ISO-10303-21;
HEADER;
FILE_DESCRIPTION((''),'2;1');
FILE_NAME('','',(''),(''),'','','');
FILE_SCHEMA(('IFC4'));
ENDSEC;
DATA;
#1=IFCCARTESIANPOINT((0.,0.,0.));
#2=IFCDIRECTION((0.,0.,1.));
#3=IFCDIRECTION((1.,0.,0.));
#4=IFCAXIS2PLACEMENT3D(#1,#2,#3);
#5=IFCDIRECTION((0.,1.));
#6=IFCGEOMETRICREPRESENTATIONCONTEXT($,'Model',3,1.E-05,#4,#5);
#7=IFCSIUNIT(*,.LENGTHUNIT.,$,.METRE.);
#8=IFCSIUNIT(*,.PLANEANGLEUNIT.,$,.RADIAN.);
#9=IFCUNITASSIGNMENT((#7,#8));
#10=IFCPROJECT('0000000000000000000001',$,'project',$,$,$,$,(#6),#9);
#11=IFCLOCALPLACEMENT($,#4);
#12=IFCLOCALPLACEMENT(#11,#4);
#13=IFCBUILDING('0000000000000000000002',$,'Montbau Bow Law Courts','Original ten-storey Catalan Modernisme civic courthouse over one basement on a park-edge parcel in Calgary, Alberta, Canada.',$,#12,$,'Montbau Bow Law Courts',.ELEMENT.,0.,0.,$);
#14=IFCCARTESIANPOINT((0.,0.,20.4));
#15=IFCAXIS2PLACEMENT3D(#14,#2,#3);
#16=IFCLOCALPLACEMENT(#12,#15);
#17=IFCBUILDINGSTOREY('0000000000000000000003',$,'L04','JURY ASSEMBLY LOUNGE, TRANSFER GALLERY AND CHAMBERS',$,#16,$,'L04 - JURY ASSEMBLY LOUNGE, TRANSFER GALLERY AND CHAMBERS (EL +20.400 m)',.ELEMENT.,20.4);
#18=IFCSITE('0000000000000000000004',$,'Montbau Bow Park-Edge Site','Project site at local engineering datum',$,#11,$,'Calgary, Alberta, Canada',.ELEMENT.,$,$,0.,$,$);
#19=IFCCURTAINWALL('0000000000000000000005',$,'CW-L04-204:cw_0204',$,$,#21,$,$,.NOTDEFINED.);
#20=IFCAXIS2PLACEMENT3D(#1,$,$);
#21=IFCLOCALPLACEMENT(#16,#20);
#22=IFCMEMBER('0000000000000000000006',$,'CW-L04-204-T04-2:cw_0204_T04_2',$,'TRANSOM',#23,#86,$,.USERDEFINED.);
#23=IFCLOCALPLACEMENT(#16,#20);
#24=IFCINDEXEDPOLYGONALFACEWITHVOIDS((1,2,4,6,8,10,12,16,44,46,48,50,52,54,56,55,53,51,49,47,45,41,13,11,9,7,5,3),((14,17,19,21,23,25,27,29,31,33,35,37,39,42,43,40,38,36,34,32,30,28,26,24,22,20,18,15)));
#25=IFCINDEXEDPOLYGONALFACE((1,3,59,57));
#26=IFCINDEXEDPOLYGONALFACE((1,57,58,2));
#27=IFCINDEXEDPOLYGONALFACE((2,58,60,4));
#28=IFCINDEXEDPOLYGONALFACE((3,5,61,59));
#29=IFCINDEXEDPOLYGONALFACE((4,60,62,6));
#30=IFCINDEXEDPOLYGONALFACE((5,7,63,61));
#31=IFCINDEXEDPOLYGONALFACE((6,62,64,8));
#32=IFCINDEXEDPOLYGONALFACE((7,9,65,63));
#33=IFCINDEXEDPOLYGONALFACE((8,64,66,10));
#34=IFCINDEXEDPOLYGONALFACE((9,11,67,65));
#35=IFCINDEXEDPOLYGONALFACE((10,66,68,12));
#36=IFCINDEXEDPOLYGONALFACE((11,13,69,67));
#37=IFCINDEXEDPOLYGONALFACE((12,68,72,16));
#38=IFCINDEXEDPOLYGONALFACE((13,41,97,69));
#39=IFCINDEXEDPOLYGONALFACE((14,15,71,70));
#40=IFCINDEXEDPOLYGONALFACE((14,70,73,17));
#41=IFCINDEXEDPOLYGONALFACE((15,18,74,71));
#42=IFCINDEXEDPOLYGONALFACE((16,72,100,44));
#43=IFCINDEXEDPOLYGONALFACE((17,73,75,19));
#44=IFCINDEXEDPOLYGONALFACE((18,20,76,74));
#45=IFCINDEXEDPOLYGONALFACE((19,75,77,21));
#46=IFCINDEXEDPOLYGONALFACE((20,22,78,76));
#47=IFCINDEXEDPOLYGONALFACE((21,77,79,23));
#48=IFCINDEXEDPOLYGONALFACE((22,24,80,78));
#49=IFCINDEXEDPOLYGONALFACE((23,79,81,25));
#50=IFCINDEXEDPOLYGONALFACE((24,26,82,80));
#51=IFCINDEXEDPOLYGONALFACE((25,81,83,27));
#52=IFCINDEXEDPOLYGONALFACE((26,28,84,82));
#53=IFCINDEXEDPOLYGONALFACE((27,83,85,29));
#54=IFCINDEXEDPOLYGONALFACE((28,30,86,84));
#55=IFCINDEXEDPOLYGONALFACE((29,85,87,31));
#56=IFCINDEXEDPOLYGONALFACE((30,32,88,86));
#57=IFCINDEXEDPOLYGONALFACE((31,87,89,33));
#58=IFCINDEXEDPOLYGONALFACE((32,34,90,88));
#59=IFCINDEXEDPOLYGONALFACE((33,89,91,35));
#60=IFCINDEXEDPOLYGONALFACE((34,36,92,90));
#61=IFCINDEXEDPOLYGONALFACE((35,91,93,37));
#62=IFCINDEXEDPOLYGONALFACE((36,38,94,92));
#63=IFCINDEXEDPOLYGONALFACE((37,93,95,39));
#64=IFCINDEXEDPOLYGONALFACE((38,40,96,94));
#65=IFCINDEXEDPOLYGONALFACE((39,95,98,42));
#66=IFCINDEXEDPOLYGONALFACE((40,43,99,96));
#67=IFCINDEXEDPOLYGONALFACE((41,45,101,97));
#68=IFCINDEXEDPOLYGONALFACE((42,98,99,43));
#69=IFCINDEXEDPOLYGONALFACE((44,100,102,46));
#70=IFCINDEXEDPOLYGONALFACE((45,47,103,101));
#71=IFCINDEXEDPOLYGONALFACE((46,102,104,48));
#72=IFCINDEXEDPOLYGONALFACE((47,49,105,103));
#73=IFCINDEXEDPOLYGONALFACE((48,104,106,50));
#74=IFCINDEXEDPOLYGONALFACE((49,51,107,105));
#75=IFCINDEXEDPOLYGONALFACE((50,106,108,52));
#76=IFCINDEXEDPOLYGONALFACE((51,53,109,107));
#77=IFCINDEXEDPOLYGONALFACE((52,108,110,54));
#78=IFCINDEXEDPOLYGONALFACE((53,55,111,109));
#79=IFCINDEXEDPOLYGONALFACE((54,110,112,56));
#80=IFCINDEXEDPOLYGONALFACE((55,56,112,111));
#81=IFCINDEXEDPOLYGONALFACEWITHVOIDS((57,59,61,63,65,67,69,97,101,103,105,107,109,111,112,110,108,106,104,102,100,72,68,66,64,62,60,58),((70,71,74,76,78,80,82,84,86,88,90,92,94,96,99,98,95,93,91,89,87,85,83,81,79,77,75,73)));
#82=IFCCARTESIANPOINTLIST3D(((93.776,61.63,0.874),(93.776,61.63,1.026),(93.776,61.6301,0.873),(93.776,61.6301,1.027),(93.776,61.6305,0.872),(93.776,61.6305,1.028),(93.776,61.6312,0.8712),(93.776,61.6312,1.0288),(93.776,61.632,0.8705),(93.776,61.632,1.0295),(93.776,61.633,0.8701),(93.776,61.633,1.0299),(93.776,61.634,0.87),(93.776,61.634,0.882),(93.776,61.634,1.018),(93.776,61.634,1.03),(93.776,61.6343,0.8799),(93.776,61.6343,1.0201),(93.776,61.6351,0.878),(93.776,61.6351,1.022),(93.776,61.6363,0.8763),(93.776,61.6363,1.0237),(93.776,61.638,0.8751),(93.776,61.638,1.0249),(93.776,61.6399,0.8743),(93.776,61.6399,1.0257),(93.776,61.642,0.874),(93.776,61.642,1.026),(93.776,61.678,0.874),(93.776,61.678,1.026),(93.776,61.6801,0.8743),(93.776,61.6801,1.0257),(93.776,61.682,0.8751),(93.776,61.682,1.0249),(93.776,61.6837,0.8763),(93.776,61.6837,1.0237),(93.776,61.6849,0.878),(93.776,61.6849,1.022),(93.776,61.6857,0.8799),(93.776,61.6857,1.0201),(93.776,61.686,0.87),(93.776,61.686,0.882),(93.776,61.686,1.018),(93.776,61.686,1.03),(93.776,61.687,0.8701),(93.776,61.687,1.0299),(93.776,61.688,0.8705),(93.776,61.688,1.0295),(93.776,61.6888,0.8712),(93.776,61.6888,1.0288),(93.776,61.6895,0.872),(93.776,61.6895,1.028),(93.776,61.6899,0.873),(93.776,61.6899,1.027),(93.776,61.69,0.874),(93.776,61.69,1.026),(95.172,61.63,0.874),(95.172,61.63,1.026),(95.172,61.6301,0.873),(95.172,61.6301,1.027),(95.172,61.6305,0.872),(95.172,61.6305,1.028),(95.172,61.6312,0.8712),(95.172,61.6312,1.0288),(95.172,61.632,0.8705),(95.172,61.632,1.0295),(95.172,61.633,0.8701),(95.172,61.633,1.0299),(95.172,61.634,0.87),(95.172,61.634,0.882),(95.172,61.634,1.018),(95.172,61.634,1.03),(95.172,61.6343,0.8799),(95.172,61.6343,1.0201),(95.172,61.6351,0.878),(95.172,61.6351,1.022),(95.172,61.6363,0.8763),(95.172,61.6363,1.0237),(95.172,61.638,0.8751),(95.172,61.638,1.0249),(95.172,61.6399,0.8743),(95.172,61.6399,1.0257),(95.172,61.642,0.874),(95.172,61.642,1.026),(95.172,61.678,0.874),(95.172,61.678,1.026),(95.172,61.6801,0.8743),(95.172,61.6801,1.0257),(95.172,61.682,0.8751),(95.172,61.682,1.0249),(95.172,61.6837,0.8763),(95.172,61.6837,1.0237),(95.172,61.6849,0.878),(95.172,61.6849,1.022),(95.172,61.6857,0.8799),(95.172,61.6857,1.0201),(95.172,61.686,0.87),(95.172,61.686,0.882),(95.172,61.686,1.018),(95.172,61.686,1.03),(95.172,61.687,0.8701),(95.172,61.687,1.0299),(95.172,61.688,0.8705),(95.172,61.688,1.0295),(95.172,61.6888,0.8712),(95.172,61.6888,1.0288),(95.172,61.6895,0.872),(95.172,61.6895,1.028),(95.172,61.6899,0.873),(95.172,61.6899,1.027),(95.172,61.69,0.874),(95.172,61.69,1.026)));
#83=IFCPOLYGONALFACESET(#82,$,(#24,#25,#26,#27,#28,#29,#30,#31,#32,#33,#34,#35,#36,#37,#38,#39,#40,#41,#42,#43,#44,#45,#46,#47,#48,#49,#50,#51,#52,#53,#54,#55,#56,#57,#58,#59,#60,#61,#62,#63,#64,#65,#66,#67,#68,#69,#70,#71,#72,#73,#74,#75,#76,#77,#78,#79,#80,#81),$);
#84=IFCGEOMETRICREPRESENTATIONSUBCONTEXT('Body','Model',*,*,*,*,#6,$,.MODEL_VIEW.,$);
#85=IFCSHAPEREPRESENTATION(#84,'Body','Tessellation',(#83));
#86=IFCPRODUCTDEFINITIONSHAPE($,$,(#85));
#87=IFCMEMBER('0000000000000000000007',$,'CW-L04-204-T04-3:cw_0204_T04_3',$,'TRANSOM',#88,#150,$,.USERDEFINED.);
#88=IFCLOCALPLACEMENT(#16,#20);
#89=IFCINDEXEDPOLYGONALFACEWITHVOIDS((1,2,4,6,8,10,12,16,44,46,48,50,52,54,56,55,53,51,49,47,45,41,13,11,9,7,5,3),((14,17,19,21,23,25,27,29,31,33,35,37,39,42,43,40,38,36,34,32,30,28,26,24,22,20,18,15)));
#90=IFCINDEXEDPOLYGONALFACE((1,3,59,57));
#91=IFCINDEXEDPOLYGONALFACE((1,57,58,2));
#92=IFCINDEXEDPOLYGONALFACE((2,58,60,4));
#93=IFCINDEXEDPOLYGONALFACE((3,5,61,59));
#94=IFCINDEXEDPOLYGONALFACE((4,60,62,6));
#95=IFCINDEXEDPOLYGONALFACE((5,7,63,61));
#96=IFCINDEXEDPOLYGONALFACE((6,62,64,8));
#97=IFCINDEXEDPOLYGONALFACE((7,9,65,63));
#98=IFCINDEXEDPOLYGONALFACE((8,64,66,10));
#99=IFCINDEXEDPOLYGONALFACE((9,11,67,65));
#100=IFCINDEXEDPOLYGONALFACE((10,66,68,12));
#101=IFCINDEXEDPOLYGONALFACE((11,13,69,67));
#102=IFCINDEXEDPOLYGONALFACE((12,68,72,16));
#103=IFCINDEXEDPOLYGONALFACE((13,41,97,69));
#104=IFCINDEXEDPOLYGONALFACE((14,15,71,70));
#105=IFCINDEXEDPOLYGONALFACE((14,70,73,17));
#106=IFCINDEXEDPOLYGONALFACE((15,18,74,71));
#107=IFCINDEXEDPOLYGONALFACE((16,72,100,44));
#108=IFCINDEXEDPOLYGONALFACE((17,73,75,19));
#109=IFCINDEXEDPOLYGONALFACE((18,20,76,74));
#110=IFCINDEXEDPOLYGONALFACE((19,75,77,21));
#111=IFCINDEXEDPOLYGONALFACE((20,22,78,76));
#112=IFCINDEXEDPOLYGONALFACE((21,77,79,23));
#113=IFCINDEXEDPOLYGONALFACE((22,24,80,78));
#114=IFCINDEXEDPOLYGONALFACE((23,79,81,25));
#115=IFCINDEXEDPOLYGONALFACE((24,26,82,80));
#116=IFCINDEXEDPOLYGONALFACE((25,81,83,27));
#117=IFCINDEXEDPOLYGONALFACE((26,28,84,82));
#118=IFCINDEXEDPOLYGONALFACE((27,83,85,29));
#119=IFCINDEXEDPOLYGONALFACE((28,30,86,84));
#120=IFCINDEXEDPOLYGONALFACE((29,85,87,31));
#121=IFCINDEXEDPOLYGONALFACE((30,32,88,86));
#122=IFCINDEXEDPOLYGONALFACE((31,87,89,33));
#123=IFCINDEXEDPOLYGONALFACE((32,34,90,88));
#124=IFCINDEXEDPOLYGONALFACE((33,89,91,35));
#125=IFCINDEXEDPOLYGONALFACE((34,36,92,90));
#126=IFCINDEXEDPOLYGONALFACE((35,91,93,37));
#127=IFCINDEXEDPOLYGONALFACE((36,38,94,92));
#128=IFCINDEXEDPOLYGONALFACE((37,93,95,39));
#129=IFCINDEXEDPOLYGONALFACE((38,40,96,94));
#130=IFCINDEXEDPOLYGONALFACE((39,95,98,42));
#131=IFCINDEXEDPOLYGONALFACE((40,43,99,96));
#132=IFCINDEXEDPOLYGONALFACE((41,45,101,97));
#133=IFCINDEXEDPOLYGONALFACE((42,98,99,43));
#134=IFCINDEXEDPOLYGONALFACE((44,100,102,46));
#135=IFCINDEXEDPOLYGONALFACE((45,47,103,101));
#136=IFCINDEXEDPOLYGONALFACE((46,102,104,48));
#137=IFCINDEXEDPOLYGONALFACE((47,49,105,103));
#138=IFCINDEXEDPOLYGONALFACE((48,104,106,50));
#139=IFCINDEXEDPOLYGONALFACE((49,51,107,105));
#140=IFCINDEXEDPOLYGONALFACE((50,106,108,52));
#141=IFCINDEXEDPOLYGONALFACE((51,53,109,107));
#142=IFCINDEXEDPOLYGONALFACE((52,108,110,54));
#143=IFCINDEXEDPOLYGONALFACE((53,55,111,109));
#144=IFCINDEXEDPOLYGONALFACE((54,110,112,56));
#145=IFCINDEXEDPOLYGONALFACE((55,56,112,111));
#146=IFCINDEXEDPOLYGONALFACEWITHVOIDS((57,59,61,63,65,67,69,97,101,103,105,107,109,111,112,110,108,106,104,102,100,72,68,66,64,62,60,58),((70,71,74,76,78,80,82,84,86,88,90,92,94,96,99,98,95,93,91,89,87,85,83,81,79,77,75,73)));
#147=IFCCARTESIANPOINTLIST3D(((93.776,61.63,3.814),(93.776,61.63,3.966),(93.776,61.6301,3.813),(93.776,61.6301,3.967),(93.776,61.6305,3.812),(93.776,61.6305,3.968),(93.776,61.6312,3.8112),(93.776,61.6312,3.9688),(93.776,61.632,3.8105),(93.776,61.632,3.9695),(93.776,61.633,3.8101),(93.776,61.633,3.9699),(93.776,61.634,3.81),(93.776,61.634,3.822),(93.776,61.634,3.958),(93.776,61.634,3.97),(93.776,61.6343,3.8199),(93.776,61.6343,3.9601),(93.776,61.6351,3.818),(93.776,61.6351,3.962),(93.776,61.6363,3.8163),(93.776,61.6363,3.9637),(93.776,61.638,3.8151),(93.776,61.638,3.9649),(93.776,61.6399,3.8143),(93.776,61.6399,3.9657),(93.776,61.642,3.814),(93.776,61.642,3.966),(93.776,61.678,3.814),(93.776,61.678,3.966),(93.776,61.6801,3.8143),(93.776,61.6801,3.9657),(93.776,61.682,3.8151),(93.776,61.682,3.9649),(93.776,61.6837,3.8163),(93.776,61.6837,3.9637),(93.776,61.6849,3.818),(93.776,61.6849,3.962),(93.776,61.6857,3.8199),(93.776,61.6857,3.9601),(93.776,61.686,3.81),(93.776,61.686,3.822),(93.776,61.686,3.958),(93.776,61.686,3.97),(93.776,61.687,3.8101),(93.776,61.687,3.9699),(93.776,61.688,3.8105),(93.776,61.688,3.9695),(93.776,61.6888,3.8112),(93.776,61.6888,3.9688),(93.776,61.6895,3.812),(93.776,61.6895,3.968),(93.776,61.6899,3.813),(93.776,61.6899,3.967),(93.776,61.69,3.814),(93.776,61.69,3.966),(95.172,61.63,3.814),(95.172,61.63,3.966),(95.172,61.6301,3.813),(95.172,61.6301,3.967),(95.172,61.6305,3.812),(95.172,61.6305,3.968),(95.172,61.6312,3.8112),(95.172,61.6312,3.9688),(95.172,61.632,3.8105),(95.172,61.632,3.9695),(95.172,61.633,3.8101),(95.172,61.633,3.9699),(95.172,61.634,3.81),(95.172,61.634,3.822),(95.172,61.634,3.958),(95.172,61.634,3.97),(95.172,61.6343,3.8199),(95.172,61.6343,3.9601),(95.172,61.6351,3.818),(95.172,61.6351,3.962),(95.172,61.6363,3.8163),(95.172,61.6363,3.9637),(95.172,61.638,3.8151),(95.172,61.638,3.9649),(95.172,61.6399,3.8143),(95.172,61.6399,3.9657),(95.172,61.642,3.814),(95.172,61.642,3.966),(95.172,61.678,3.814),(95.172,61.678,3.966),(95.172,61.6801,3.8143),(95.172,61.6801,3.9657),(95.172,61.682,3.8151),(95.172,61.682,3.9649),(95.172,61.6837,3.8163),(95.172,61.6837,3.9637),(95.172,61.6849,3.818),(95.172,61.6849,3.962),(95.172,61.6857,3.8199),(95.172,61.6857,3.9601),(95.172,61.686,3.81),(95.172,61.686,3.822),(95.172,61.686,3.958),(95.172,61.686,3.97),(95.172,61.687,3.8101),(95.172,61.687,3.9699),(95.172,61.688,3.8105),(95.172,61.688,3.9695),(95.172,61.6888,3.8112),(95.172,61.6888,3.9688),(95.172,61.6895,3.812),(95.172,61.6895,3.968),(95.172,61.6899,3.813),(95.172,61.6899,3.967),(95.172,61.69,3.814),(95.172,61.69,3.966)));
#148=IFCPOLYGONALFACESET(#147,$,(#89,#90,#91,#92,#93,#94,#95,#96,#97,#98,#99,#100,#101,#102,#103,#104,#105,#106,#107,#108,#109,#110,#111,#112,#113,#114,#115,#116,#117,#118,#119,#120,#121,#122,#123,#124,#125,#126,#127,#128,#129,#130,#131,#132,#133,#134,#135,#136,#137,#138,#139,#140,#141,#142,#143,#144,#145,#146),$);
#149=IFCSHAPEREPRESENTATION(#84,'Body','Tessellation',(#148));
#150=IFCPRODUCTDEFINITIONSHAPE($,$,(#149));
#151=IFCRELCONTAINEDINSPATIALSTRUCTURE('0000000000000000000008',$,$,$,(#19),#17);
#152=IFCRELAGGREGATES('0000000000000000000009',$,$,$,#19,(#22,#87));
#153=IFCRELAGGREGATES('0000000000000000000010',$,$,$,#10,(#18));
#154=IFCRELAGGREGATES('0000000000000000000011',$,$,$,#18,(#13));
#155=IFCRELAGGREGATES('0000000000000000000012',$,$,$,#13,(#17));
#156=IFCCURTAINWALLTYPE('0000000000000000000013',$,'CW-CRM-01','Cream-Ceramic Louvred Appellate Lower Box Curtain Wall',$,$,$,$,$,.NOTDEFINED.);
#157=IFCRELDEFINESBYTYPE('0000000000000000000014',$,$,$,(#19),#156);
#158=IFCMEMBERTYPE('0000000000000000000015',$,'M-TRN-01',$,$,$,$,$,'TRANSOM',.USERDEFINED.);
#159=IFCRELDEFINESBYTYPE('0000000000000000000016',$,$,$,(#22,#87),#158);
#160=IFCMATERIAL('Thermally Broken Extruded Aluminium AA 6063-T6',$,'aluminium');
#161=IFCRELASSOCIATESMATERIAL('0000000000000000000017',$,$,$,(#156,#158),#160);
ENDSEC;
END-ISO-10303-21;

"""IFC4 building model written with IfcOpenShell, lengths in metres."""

from ifc_helpers import new_model, si_unit, direction, frame, origin_with_axes, origin_2d_with_axis, place, context, subcontext, project, spatial, hollow_rectangle, extrude, material, material_profile, profile_set, type_object, element, aggregate, save


model = new_model("IFC4")

# Units and contexts
model_context = context("Model", 3, precision=1e-05, world=origin_with_axes(), true_north=direction((0.0, 1.0)))
body_context = subcontext(model_context, "Body", "Model", "MODEL_VIEW")
ifc_project = project(units=[si_unit("LENGTHUNIT", "METRE"), si_unit("PLANEANGLEUNIT", "RADIAN")], contexts=[model_context])

# Site, building, storey
site_placement = place(None, origin_with_axes())
site = spatial("IfcSite", under=ifc_project, at=site_placement, Name="Montbau Bow Park-Edge Site", Description="Project site at local engineering datum", LongName="Calgary, Alberta, Canada", CompositionType="ELEMENT", RefElevation=0.0)
building_placement = place(site_placement, origin_with_axes())
building = spatial("IfcBuilding", under=site, at=building_placement, Name="Montbau Bow Law Courts", Description="Original ten-storey Catalan Modernisme civic courthouse over one basement on a park-edge parcel in Calgary, Alberta, Canada.", LongName="Montbau Bow Law Courts", CompositionType="ELEMENT", ElevationOfRefHeight=0.0, ElevationOfTerrain=0.0)
storey_placement = place(building_placement, frame((0.0, 0.0, 20.4), z_axis=(0.0, 0.0, 1.0), x_axis=(1.0, 0.0, 0.0)))
storey = spatial("IfcBuildingStorey", under=building, at=storey_placement, Name="L04", Description="JURY ASSEMBLY LOUNGE, TRANSFER GALLERY AND CHAMBERS", LongName="L04 - JURY ASSEMBLY LOUNGE, TRANSFER GALLERY AND CHAMBERS (EL +20.400 m)", CompositionType="ELEMENT", Elevation=20.4)

# Curtain wall, members
ifc_material_1 = material(Name="Thermally Broken Extruded Aluminium AA 6063-T6", Category="aluminium")
curtain_wall_type = type_object("IfcCurtainWallType", Name="CW-CRM-01", Description="Cream-Ceramic Louvred Appellate Lower Box Curtain Wall", PredefinedType="NOTDEFINED", material=ifc_material_1)
curtain_wall_placement = place(None, frame((89.315, 61.66, 20.4), z_axis=(0.0, 0.0, 1.0), x_axis=(1.0, 0.0, 0.0)))
curtain_wall = element("IfcCurtainWall", 1, at=curtain_wall_placement, inside=storey, type_object=curtain_wall_type, Name="CW-L04-204:cw_0204", PredefinedType="NOTDEFINED")
ifc_material_profile_1 = material_profile(ifc_material_1, hollow_rectangle(XDim=0.06, YDim=0.16, WallThickness=0.004, InnerFilletRadius=0.008, OuterFilletRadius=0.004, at=origin_2d_with_axis()), Name="CWT-160X60", Category="Main", Priority=0)
ifc_profile_set_1 = profile_set([ifc_material_profile_1], Name="Thermally Broken Extruded Aluminium AA 6063-T6")
member_type_1 = type_object("IfcMemberType", Name="M-TRN-01", ElementType="TRANSOM", PredefinedType="USERDEFINED", material=ifc_profile_set_1)
member_1_placement = place(None, frame((93.776, 61.66, 21.35), z_axis=(1.0, 0.0, 0.0), x_axis=(0.0, 1.0, 0.0)))
member_1 = element("IfcMember", 2, at=member_1_placement, type_object=member_type_1, Name="CW-L04-204-T04-2:cw_0204_T04_2", ObjectType="TRANSOM", PredefinedType="USERDEFINED", context=body_context, shape_type="SweptSolid", body=[
    extrude(hollow_rectangle(XDim=0.06, YDim=0.16, WallThickness=0.004, InnerFilletRadius=0.008, OuterFilletRadius=0.004, at=origin_2d_with_axis()), origin_with_axes(), (0.0, 0.0, 1.0), 1.396),
])
member_2_placement = place(None, frame((93.776, 61.66, 24.29), z_axis=(1.0, 0.0, 0.0), x_axis=(0.0, 1.0, 0.0)))
member_2 = element("IfcMember", 3, at=member_2_placement, type_object=member_type_1, Name="CW-L04-204-T04-3:cw_0204_T04_3", ObjectType="TRANSOM", PredefinedType="USERDEFINED", context=body_context, shape_type="SweptSolid", body=[
    extrude(hollow_rectangle(XDim=0.06, YDim=0.16, WallThickness=0.004, InnerFilletRadius=0.008, OuterFilletRadius=0.004, at=origin_2d_with_axis()), origin_with_axes(), (0.0, 0.0, 1.0), 1.396),
])
aggregate(curtain_wall, [member_1, member_2])

save(model, "model.ifc")
